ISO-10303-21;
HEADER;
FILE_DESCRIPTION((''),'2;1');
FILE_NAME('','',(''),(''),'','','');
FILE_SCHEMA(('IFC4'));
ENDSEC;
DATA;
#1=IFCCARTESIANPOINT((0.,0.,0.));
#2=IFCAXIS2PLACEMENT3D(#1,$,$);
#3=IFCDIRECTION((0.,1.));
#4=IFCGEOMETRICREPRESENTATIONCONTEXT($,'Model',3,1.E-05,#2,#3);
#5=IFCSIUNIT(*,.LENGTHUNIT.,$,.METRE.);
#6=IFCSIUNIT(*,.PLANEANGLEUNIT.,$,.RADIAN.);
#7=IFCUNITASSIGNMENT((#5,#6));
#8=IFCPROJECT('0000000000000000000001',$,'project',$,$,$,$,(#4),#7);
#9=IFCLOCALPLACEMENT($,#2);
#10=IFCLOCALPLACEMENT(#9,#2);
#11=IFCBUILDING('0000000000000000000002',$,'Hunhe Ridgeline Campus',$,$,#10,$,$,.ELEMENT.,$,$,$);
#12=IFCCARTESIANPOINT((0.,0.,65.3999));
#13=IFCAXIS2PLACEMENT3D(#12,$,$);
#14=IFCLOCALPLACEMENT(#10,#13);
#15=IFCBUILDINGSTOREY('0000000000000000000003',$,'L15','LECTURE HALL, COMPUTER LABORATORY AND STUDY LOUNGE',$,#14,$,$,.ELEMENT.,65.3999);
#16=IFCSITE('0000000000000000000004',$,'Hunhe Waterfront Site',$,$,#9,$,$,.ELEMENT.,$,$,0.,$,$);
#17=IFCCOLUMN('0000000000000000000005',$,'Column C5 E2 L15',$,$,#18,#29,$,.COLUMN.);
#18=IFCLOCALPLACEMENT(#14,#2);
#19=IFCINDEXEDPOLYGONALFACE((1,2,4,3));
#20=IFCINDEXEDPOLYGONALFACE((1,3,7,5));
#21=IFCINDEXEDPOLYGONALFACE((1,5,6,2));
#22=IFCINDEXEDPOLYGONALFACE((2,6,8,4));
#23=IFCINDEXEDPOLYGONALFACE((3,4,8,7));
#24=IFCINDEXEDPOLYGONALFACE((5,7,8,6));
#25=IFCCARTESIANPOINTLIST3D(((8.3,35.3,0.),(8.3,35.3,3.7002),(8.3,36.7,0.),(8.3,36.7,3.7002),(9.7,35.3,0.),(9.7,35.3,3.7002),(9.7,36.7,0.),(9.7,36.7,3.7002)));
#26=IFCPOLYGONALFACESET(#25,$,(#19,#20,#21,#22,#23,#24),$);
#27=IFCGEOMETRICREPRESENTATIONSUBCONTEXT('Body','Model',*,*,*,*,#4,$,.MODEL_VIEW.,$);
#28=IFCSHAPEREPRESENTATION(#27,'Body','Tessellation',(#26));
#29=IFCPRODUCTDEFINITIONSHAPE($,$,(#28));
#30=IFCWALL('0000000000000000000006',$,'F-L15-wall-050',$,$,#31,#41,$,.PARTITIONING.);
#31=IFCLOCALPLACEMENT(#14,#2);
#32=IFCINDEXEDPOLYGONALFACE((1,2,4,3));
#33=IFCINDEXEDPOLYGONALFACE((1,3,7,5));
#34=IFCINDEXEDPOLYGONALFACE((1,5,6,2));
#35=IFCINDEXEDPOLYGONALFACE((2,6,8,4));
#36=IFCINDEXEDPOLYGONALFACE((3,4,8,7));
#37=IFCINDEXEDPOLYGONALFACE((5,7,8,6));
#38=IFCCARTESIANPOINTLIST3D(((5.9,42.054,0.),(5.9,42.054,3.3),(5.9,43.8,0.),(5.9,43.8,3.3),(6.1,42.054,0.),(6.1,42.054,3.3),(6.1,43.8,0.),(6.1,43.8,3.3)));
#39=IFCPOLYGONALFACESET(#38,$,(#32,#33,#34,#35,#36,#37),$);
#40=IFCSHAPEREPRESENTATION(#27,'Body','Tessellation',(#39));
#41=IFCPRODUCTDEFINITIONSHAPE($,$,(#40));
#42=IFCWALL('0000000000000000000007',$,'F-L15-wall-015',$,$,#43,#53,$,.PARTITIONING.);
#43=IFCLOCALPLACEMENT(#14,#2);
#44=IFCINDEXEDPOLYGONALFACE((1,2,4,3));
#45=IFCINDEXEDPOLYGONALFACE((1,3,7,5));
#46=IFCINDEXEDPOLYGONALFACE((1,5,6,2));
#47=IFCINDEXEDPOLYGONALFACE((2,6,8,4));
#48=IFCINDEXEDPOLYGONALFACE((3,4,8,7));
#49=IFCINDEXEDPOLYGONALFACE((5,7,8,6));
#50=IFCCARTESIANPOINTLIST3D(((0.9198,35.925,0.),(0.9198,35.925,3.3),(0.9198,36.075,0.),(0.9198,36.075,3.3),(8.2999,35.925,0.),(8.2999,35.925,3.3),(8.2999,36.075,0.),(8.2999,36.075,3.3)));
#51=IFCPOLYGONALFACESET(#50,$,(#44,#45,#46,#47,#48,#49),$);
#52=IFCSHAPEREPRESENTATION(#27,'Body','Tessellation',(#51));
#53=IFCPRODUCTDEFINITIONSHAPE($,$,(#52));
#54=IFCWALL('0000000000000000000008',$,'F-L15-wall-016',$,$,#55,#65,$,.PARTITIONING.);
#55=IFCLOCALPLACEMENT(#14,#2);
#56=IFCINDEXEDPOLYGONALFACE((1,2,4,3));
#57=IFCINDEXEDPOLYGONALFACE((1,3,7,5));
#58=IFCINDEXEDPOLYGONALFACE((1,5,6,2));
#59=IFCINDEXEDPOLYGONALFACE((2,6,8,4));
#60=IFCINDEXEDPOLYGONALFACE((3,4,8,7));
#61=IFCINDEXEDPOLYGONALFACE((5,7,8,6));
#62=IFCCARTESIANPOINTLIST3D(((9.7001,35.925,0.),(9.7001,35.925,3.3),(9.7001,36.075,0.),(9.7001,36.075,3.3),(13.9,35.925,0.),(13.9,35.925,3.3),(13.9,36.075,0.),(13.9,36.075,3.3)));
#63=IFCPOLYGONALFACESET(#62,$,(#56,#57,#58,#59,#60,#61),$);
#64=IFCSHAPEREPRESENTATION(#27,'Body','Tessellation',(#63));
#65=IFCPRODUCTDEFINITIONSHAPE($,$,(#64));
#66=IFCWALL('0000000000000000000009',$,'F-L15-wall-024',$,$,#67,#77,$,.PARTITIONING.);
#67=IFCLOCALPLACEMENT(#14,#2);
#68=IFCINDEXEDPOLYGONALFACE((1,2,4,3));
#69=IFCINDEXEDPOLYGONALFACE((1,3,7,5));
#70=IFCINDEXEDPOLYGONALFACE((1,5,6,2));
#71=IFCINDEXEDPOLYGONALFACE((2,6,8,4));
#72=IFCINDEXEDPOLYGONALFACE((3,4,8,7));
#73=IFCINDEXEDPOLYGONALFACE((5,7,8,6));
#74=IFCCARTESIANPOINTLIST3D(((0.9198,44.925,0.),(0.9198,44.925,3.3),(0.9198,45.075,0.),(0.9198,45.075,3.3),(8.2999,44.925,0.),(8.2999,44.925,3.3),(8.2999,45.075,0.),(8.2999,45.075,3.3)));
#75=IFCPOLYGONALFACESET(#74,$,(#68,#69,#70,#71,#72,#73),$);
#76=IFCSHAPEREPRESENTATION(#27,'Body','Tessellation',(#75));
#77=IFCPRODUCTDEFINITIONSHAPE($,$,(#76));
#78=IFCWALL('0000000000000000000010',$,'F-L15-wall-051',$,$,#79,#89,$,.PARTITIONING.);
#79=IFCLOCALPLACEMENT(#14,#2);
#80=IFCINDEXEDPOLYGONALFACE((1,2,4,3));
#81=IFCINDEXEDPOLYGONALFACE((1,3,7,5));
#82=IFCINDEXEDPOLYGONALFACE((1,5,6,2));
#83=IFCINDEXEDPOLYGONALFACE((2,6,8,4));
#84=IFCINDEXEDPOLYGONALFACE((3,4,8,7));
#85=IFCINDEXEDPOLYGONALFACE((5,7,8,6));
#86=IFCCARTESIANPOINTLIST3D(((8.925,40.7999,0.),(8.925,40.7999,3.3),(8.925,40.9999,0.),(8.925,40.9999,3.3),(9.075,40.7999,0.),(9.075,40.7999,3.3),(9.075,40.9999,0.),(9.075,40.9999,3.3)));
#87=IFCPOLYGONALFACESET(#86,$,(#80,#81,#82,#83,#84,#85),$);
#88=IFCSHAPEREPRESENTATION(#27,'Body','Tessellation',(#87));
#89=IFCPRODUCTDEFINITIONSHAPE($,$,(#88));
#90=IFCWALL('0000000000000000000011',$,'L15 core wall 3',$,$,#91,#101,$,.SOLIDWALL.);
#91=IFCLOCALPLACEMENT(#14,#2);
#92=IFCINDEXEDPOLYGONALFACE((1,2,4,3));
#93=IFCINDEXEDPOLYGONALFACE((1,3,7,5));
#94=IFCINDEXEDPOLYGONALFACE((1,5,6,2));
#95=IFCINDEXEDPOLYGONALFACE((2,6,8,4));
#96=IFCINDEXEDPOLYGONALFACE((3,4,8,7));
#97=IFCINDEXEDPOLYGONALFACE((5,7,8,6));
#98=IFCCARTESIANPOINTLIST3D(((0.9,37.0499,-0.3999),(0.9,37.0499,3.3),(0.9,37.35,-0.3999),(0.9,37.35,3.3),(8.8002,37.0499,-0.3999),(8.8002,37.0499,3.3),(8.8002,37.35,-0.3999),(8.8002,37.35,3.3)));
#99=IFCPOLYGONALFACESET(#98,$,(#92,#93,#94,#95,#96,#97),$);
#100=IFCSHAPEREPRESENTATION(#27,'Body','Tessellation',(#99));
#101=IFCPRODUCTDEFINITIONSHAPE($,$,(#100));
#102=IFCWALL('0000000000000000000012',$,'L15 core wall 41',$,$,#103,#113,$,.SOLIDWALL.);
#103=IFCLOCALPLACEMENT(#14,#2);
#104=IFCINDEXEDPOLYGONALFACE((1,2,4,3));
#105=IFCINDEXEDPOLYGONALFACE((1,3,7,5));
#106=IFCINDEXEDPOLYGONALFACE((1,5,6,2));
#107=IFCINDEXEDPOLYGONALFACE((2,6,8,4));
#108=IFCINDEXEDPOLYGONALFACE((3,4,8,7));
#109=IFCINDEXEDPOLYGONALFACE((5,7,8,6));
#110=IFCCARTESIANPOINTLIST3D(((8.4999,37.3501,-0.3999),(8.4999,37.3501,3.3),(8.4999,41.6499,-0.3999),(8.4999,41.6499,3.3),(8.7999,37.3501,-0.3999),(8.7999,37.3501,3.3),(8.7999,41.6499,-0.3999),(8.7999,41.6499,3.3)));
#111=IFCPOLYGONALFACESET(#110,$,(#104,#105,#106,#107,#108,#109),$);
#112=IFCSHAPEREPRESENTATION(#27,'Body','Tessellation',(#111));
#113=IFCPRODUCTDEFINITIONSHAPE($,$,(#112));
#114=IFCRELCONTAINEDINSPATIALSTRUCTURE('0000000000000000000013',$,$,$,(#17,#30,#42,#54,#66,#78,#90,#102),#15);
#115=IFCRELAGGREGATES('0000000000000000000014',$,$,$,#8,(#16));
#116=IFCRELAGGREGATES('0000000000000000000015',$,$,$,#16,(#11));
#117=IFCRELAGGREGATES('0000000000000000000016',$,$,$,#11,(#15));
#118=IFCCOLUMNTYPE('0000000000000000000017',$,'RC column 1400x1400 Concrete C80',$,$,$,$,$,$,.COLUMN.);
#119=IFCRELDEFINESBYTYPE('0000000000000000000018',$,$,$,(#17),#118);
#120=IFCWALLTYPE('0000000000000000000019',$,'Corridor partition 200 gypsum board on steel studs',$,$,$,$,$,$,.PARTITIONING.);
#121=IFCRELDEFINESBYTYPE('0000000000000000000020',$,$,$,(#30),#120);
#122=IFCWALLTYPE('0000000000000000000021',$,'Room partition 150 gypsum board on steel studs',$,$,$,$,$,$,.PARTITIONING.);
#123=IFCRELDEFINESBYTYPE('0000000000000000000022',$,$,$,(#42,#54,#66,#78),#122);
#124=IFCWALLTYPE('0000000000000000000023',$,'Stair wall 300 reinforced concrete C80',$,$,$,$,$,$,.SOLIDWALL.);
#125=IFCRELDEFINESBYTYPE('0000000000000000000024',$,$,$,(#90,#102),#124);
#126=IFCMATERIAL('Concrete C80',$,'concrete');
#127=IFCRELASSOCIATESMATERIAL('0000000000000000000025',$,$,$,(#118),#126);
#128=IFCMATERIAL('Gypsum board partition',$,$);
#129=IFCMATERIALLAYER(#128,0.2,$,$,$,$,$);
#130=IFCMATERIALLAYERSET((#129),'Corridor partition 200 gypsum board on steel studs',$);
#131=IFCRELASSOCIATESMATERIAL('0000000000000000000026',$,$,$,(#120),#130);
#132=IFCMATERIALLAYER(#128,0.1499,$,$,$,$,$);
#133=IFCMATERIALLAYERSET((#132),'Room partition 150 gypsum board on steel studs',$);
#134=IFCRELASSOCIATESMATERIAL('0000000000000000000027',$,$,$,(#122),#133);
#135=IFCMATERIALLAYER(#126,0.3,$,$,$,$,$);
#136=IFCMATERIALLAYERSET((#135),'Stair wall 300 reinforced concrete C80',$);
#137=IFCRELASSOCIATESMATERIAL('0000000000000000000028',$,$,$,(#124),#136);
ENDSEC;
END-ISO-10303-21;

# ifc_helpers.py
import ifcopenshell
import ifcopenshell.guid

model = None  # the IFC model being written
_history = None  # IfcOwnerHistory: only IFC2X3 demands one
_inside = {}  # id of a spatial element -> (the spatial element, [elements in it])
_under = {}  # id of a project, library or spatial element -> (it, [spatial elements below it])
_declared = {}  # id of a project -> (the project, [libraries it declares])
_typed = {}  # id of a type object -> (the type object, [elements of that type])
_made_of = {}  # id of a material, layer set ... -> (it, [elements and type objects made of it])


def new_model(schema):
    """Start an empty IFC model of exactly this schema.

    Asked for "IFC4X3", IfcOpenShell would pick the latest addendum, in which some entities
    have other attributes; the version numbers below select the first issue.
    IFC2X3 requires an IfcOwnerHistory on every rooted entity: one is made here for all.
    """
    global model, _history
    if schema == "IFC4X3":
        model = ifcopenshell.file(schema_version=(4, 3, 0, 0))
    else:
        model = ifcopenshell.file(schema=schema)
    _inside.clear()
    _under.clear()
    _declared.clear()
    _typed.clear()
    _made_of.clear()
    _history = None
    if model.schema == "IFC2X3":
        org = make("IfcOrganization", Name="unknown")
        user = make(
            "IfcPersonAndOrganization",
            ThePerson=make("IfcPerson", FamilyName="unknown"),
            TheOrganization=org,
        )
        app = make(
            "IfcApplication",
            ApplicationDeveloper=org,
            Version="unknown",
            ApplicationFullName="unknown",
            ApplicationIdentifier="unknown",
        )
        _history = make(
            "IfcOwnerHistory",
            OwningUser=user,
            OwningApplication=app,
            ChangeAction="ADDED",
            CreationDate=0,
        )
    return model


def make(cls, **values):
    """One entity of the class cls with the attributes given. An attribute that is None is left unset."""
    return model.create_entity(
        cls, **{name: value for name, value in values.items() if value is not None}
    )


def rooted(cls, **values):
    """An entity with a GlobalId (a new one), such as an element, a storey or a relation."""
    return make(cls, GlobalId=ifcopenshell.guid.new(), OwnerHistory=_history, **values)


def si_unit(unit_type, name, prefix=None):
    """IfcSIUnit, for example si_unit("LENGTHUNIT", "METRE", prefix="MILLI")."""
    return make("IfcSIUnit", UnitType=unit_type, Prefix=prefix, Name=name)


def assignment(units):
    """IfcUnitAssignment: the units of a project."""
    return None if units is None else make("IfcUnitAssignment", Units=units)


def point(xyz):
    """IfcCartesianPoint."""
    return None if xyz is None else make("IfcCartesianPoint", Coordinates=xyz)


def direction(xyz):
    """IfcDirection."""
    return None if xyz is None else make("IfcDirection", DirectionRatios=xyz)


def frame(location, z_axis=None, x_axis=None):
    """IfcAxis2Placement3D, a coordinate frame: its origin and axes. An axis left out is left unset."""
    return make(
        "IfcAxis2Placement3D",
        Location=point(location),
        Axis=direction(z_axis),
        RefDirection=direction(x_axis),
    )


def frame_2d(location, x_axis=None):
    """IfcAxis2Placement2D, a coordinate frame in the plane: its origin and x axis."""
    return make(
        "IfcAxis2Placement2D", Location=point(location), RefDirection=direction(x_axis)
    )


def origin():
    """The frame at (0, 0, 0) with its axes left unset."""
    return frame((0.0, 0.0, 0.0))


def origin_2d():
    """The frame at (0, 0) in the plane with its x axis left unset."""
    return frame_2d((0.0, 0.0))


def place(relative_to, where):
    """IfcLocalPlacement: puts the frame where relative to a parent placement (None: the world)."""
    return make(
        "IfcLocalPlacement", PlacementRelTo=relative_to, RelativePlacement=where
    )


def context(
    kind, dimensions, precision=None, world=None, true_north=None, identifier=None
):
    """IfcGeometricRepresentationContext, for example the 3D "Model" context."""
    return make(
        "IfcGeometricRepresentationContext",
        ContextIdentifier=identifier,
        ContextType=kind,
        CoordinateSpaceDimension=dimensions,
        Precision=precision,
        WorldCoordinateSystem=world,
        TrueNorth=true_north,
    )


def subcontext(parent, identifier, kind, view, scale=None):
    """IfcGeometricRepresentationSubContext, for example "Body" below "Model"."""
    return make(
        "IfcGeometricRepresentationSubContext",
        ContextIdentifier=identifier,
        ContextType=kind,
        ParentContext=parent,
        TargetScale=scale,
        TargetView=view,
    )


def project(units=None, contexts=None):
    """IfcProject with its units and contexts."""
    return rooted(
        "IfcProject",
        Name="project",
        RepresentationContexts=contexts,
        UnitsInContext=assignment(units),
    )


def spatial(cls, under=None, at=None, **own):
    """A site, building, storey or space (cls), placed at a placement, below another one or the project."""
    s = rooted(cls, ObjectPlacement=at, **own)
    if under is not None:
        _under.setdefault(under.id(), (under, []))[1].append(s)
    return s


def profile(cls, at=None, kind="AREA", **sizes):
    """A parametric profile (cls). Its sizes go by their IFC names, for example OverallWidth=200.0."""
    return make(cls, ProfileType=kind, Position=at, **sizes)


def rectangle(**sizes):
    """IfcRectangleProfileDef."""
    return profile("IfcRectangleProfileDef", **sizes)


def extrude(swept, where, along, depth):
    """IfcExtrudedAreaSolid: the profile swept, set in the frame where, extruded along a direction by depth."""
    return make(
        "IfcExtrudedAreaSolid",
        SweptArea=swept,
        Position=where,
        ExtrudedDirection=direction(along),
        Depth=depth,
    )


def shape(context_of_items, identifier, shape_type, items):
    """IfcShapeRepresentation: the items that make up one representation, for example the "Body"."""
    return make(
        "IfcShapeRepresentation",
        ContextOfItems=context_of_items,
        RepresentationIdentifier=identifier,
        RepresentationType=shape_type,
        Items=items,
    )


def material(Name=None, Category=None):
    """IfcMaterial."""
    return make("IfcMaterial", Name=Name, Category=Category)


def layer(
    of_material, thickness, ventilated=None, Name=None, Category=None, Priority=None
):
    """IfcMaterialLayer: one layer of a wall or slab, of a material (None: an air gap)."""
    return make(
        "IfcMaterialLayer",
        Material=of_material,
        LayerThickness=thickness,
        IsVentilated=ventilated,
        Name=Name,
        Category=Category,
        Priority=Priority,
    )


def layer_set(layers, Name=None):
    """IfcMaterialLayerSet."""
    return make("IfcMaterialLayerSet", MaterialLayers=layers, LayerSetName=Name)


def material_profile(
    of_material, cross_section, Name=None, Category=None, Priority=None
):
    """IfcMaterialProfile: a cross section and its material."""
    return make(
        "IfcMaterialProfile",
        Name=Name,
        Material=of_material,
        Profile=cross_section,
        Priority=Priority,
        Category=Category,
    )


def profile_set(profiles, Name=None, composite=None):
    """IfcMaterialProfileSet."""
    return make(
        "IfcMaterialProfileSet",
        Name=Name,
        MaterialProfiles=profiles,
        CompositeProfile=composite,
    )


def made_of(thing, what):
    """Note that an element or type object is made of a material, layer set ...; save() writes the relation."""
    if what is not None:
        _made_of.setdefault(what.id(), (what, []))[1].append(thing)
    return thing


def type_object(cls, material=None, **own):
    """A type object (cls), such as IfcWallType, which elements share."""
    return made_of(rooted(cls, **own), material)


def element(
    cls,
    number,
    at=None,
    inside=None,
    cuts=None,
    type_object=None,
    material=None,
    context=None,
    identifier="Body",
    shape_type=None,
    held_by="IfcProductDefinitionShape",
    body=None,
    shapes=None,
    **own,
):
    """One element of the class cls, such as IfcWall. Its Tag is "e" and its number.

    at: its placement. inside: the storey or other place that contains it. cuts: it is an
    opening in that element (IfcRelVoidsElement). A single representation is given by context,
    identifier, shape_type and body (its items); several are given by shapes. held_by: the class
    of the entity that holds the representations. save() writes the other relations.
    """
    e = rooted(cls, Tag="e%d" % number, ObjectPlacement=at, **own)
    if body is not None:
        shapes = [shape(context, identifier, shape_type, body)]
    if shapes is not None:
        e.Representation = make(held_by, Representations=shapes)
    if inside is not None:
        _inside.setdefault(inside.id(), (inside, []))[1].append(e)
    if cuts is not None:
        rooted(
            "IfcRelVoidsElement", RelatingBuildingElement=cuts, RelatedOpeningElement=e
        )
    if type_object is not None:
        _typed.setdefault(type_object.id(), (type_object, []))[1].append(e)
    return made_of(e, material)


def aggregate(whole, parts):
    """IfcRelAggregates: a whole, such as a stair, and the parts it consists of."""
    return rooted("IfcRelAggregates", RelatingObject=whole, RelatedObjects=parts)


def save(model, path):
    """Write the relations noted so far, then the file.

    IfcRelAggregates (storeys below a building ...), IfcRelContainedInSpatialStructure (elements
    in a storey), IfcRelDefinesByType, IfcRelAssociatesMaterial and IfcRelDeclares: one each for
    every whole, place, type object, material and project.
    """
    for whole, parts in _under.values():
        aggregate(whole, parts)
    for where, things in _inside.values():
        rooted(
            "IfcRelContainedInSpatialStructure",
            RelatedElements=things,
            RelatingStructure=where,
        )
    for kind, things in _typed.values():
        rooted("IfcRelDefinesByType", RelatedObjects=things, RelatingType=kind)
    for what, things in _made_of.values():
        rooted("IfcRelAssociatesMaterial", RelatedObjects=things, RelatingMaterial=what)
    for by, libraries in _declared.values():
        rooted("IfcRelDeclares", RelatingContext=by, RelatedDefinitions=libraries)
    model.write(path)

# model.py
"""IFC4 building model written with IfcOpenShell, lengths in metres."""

from ifc_helpers import new_model, si_unit, direction, frame, frame_2d, origin, origin_2d, place, context, subcontext, project, spatial, rectangle, extrude, material, layer, layer_set, material_profile, profile_set, type_object, element, save


model = new_model("IFC4")

# Units and contexts
model_context = context("Model", 3, precision=1e-05, world=origin(), true_north=direction((0.0, 1.0)))
body_context = subcontext(model_context, "Body", "Model", "MODEL_VIEW")
ifc_project = project(units=[si_unit("LENGTHUNIT", "METRE"), si_unit("PLANEANGLEUNIT", "RADIAN")], contexts=[model_context])

# Site, building, storey
site_placement = place(None, origin())
site = spatial("IfcSite", under=ifc_project, at=site_placement, Name="Hunhe Waterfront Site", CompositionType="ELEMENT", RefElevation=0.0)
building_placement = place(site_placement, origin())
building = spatial("IfcBuilding", under=site, at=building_placement, Name="Hunhe Ridgeline Campus", CompositionType="ELEMENT")
storey_placement = place(building_placement, frame((0.0, 0.0, 65.3999)))
storey = spatial("IfcBuildingStorey", under=building, at=storey_placement, Name="L15", Description="LECTURE HALL, COMPUTER LABORATORY AND STUDY LOUNGE", CompositionType="ELEMENT", Elevation=65.3999)

# Column
ifc_material_1 = material(Name="Concrete C80", Category="concrete")
ifc_material_profile = material_profile(ifc_material_1, rectangle(XDim=1.3999, YDim=1.3999, at=origin_2d()))
ifc_profile_set = profile_set([ifc_material_profile], Name="Concrete C80")
column_type = type_object("IfcColumnType", Name="RC column 1400x1400 Concrete C80", PredefinedType="COLUMN", material=ifc_profile_set)
column_placement = place(storey_placement, frame((9.0, 36.0, 0.0), z_axis=(0.0, 0.0, 1.0), x_axis=(1.0, 0.0, 0.0)))
element("IfcColumn", 1, at=column_placement, inside=storey, type_object=column_type, Name="Column C5 E2 L15", PredefinedType="COLUMN", context=body_context, shape_type="SweptSolid", body=[
    extrude(rectangle(XDim=1.3999, YDim=1.3999, at=origin_2d()), origin(), (0.0, 0.0, 1.0), 3.7002),
])

# Shared definitions
ifc_material_2 = material(Name="Gypsum board partition")
ifc_layer_1 = layer(ifc_material_2, 0.2)
ifc_layer_set_1 = layer_set([ifc_layer_1], Name="Corridor partition 200 gypsum board on steel studs")
wall_type_1 = type_object("IfcWallType", Name="Corridor partition 200 gypsum board on steel studs", PredefinedType="PARTITIONING", material=ifc_layer_set_1)

# Walls
wall_1_placement = place(storey_placement, frame((6.0, 42.054, 0.0), z_axis=(0.0, 0.0, 1.0), x_axis=(0.0, 1.0, 0.0)))
element("IfcWall", 2, at=wall_1_placement, inside=storey, type_object=wall_type_1, Name="F-L15-wall-050", PredefinedType="PARTITIONING", context=body_context, shape_type="SweptSolid", body=[
    extrude(rectangle(XDim=1.7461, YDim=0.2, at=frame_2d((0.873, 0.0))), origin(), (0.0, 0.0, 1.0), 3.3),
])
ifc_layer_2 = layer(ifc_material_2, 0.1499)
ifc_layer_set_2 = layer_set([ifc_layer_2], Name="Room partition 150 gypsum board on steel studs")
wall_type_2 = type_object("IfcWallType", Name="Room partition 150 gypsum board on steel studs", PredefinedType="PARTITIONING", material=ifc_layer_set_2)
wall_2_placement = place(storey_placement, frame((0.9199, 36.0, 0.0), z_axis=(0.0, 0.0, 1.0), x_axis=(1.0, 0.0, 0.0)))
element("IfcWall", 3, at=wall_2_placement, inside=storey, type_object=wall_type_2, Name="F-L15-wall-015", PredefinedType="PARTITIONING", context=body_context, shape_type="SweptSolid", body=[
    extrude(rectangle(XDim=7.3801, YDim=0.1499, at=frame_2d((3.6899, 0.0))), origin(), (0.0, 0.0, 1.0), 3.3),
])
wall_3_placement = place(storey_placement, frame((9.7, 36.0, 0.0), z_axis=(0.0, 0.0, 1.0), x_axis=(1.0, 0.0, 0.0)))
element("IfcWall", 4, at=wall_3_placement, inside=storey, type_object=wall_type_2, Name="F-L15-wall-016", PredefinedType="PARTITIONING", context=body_context, shape_type="SweptSolid", body=[
    extrude(rectangle(XDim=4.2, YDim=0.1499, at=frame_2d((2.1001, 0.0))), origin(), (0.0, 0.0, 1.0), 3.3),
])
wall_4_placement = place(storey_placement, frame((0.9199, 45.0, 0.0), z_axis=(0.0, 0.0, 1.0), x_axis=(1.0, 0.0, 0.0)))
element("IfcWall", 5, at=wall_4_placement, inside=storey, type_object=wall_type_2, Name="F-L15-wall-024", PredefinedType="PARTITIONING", context=body_context, shape_type="SweptSolid", body=[
    extrude(rectangle(XDim=7.3801, YDim=0.1499, at=frame_2d((3.6899, 0.0))), origin(), (0.0, 0.0, 1.0), 3.3),
])
wall_5_placement = place(storey_placement, frame((9.0, 41.0, 0.0), z_axis=(0.0, 0.0, 1.0), x_axis=(0.0, -1.0, 0.0)))
element("IfcWall", 6, at=wall_5_placement, inside=storey, type_object=wall_type_2, Name="F-L15-wall-051", PredefinedType="PARTITIONING", context=body_context, shape_type="SweptSolid", body=[
    extrude(rectangle(XDim=0.2, YDim=0.1499, at=frame_2d((0.1001, 0.0))), origin(), (0.0, 0.0, 1.0), 3.3),
])
ifc_layer_3 = layer(ifc_material_1, 0.3)
ifc_layer_set_3 = layer_set([ifc_layer_3], Name="Stair wall 300 reinforced concrete C80")
wall_type_3 = type_object("IfcWallType", Name="Stair wall 300 reinforced concrete C80", PredefinedType="SOLIDWALL", material=ifc_layer_set_3)
wall_6_placement = place(storey_placement, frame((0.8999, 37.2, -0.3999), z_axis=(0.0, 0.0, 1.0), x_axis=(1.0, 0.0, 0.0)))
element("IfcWall", 7, at=wall_6_placement, inside=storey, type_object=wall_type_3, Name="L15 core wall 3", PredefinedType="SOLIDWALL", context=body_context, shape_type="SweptSolid", body=[
    extrude(rectangle(XDim=7.9001, YDim=0.3, at=frame_2d((3.9502, 0.0))), origin(), (0.0, 0.0, 1.0), 3.7),
])

# Wall
wall_7_placement = place(storey_placement, frame((8.6499, 37.3501, -0.3999), z_axis=(0.0, 0.0, 1.0), x_axis=(0.0, 1.0, 0.0)))
element("IfcWall", 8, at=wall_7_placement, inside=storey, type_object=wall_type_3, Name="L15 core wall 41", PredefinedType="SOLIDWALL", context=body_context, shape_type="SweptSolid", body=[
    extrude(rectangle(XDim=4.2998, YDim=0.3, at=frame_2d((2.1499, 0.0))), origin(), (0.0, 0.0, 1.0), 3.7),
])

save(model, "model.ifc")
